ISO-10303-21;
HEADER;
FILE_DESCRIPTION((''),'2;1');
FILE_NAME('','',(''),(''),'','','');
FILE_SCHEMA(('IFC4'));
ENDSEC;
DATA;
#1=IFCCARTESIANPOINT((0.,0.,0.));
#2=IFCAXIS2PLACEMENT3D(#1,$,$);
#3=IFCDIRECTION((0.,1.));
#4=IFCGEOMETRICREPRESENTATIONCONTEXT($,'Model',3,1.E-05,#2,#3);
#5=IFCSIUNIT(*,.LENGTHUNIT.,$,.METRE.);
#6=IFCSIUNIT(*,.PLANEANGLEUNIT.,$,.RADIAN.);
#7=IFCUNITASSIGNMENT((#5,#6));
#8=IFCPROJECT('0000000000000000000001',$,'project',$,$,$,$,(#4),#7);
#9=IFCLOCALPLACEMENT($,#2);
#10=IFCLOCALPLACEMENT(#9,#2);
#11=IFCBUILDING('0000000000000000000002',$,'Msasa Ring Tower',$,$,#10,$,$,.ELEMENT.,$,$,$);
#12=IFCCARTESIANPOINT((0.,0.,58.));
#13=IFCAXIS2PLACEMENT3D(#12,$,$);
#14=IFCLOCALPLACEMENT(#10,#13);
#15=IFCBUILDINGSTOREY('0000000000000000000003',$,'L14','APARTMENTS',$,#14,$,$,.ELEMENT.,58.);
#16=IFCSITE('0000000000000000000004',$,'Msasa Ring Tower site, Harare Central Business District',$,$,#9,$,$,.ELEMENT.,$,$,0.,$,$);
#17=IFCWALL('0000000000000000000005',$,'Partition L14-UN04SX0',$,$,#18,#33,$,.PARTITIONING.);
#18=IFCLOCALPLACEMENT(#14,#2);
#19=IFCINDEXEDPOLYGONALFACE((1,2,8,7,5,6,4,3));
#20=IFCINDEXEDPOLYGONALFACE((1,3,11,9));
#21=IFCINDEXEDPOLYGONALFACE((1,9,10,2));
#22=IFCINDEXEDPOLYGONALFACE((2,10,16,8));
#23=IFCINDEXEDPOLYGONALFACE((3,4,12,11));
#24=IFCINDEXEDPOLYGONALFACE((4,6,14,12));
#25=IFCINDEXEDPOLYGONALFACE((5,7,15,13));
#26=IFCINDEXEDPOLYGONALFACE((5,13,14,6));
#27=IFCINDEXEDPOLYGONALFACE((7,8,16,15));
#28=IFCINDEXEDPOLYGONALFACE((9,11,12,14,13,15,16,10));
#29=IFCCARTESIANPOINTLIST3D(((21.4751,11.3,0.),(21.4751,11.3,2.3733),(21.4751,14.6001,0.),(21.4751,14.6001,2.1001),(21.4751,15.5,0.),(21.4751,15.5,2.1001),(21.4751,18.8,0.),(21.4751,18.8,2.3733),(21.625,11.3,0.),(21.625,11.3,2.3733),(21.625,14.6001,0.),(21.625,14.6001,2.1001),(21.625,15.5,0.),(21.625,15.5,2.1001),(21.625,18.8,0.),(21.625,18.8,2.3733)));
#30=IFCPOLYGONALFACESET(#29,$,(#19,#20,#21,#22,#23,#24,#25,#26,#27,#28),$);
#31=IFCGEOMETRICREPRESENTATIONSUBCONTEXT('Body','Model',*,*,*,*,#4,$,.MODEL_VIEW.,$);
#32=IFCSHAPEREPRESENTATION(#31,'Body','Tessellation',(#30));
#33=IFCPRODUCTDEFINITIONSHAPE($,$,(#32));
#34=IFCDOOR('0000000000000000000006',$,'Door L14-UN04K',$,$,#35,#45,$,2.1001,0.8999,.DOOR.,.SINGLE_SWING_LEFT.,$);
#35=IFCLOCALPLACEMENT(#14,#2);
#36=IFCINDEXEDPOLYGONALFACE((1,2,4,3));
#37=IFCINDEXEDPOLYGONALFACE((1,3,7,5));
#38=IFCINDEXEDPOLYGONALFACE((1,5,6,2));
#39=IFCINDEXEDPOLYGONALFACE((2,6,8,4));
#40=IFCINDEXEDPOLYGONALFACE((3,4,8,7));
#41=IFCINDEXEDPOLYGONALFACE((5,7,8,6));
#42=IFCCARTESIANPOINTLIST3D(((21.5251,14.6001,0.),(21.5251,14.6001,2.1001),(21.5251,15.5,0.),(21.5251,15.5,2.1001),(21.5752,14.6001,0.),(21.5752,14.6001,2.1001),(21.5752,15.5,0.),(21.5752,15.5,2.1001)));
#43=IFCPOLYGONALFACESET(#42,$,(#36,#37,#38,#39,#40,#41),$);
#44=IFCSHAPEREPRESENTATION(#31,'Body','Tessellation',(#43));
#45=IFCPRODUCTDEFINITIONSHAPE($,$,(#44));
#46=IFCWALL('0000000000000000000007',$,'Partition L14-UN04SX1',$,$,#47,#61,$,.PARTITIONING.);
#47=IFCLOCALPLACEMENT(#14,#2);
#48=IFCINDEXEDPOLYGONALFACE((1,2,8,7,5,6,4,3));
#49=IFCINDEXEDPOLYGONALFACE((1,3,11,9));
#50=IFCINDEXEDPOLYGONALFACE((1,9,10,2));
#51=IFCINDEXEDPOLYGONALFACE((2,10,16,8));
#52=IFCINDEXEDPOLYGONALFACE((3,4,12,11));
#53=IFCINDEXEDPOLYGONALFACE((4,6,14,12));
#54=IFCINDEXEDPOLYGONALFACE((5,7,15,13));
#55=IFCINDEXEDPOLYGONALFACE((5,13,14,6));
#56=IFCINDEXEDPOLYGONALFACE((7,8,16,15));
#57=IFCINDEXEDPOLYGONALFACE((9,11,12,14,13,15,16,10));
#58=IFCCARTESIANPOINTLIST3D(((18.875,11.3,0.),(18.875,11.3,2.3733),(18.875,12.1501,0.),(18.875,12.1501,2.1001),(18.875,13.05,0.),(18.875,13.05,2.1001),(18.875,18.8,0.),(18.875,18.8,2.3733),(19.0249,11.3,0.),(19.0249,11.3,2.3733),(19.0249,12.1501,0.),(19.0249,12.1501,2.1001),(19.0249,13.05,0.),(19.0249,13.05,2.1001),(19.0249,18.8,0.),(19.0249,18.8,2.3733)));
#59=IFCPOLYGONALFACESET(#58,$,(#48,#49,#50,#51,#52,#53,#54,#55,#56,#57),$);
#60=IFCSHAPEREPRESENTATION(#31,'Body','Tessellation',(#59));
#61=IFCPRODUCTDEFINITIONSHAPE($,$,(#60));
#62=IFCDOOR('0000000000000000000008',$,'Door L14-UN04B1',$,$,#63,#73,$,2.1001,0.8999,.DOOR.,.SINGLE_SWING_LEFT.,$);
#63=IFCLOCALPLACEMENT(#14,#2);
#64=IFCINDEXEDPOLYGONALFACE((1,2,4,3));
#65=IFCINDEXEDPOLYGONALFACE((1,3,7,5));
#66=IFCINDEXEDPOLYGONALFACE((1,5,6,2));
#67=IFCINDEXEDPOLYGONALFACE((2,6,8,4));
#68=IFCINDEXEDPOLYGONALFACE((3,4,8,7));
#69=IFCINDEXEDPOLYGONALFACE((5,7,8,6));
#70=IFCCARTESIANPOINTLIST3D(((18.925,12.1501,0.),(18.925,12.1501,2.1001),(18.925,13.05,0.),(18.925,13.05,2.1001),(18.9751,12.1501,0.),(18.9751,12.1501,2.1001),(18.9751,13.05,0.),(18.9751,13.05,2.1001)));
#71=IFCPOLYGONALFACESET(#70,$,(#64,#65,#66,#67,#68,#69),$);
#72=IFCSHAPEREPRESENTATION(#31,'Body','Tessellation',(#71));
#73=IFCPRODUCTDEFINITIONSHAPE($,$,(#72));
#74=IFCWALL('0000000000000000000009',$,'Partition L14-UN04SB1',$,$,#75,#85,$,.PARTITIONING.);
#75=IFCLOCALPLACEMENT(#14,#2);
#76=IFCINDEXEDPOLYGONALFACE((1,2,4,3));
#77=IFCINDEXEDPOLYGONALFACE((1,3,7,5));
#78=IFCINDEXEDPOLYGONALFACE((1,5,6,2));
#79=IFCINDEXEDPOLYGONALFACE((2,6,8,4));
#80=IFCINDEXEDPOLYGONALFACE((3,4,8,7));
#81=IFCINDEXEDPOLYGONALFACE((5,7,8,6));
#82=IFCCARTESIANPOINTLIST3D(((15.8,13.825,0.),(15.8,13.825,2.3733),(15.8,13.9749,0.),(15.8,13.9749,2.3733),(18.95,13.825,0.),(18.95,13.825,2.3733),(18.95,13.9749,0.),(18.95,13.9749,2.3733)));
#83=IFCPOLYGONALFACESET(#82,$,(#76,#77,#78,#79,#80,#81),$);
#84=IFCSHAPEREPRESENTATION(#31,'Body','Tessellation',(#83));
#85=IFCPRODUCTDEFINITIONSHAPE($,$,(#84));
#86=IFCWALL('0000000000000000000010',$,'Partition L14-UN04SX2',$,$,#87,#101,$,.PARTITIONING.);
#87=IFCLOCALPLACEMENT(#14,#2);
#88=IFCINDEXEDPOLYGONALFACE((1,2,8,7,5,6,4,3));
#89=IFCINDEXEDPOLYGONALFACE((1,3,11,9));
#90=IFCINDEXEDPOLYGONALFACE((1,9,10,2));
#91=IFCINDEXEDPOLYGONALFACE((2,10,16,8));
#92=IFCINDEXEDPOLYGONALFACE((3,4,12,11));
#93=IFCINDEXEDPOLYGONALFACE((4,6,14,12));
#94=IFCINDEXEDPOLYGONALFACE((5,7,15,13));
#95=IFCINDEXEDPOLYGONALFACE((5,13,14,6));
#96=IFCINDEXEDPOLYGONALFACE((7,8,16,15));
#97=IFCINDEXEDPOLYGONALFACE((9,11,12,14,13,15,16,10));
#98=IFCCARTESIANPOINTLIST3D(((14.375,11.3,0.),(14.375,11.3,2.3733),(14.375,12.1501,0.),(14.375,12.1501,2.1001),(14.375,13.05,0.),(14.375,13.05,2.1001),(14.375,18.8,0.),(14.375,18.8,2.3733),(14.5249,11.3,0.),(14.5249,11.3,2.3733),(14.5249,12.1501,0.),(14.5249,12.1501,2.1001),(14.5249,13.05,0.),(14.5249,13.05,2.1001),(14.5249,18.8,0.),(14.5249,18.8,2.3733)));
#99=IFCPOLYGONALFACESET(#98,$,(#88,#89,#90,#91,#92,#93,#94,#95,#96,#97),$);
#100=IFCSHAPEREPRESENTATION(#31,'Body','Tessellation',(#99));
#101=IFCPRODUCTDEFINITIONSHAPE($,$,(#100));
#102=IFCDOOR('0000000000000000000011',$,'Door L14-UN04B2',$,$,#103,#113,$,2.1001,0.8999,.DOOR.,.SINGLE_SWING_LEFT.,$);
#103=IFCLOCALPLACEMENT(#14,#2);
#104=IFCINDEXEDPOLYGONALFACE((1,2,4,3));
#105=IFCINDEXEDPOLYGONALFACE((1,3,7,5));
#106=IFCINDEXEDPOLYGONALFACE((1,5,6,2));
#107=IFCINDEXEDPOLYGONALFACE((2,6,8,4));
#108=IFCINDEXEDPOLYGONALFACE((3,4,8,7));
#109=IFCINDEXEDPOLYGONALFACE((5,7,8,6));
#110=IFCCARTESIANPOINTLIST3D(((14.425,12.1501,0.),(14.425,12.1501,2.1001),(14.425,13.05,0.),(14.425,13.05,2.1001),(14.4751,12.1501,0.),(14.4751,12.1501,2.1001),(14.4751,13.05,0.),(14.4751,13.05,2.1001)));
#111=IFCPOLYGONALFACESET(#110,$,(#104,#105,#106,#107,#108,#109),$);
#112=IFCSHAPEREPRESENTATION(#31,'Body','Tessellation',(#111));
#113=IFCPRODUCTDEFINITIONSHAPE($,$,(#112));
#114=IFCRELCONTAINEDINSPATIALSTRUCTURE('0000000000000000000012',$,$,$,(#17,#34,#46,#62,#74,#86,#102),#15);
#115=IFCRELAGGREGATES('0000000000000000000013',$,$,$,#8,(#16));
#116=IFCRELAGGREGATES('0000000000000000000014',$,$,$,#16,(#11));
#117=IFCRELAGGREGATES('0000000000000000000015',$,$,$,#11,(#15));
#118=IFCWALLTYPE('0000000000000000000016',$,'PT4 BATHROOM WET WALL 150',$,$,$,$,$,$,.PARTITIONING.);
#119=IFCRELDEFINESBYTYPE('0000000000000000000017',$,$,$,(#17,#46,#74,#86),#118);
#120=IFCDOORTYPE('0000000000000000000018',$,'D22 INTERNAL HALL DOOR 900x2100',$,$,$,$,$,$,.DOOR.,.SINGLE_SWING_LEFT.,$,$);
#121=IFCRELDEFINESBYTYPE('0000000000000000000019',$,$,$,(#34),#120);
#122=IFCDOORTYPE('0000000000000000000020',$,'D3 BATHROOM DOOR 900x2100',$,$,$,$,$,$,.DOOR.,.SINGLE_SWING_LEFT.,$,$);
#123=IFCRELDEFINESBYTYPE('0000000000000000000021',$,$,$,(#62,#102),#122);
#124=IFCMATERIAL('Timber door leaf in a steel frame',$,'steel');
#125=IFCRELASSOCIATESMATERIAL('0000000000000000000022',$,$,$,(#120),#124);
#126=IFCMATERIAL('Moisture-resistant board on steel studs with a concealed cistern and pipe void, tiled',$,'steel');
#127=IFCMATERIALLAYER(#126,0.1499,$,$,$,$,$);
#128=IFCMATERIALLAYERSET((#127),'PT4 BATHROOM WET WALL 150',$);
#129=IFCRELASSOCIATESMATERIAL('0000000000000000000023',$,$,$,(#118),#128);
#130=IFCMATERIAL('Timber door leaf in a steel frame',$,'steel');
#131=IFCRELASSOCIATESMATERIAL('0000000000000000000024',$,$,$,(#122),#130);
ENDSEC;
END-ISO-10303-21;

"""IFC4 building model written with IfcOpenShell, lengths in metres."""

from ifc_helpers import new_model, si_unit, direction, frame, frame_2d, origin, place, context, subcontext, project, spatial, rectangle, extrude, material, layer, layer_set, type_object, element, fill, save


model = new_model("IFC4")

# Units and contexts
model_context = context("Model", 3, precision=1e-05, world=origin(), true_north=direction((0.0, 1.0)))
body_context = subcontext(model_context, "Body", "Model", "MODEL_VIEW")
ifc_project = project(units=[si_unit("LENGTHUNIT", "METRE"), si_unit("PLANEANGLEUNIT", "RADIAN")], contexts=[model_context])

# Site, building, storey
site_placement = place(None, origin())
site = spatial("IfcSite", under=ifc_project, at=site_placement, Name="Msasa Ring Tower site, Harare Central Business District", CompositionType="ELEMENT", RefElevation=0.0)
building_placement = place(site_placement, origin())
building = spatial("IfcBuilding", under=site, at=building_placement, Name="Msasa Ring Tower", CompositionType="ELEMENT")
storey_placement = place(building_placement, frame((0.0, 0.0, 58.0)))
storey = spatial("IfcBuildingStorey", under=building, at=storey_placement, Name="L14", Description="APARTMENTS", CompositionType="ELEMENT", Elevation=58.0)

# Shared definitions
ifc_material_1 = material(Name="Timber door leaf in a steel frame", Category="steel")
door_type_1 = type_object("IfcDoorType", Name="D22 INTERNAL HALL DOOR 900x2100", OperationType="SINGLE_SWING_LEFT", PredefinedType="DOOR", material=ifc_material_1)

# Walls, openings, doors
ifc_material_2 = material(Name="Moisture-resistant board on steel studs with a concealed cistern and pipe void, tiled", Category="steel")
ifc_layer_1 = layer(ifc_material_2, 0.1499)
ifc_layer_set_1 = layer_set([ifc_layer_1], Name="PT4 BATHROOM WET WALL 150")
wall_type_1 = type_object("IfcWallType", Name="PT4 BATHROOM WET WALL 150", PredefinedType="PARTITIONING", material=ifc_layer_set_1)
wall_1_placement = place(storey_placement, frame((21.55, 11.3, 0.0), z_axis=(0.0, 0.0, 1.0), x_axis=(0.0, 1.0, 0.0)))
wall_1 = element("IfcWall", 1, at=wall_1_placement, inside=storey, type_object=wall_type_1, Name="Partition L14-UN04SX0", PredefinedType="PARTITIONING", context=body_context, shape_type="SweptSolid", body=[
    extrude(rectangle(XDim=7.5, YDim=0.1499, at=frame_2d((3.75, 0.0))), origin(), (0.0, 0.0, 1.0), 2.3733),
])
opening_1_placement = place(wall_1_placement, frame((3.3, 0.0, 0.0)))
opening_1 = element("IfcOpeningElement", 2, at=opening_1_placement, cuts=wall_1, PredefinedType="OPENING", context=body_context, shape_type="SweptSolid", body=[
    extrude(rectangle(XDim=0.8999, YDim=2.1001, at=frame_2d((0.45, 1.05))), frame((0.0, 0.085, 0.0), z_axis=(0.0, -1.0, 0.0), x_axis=(1.0, 0.0, 0.0)), (0.0, 0.0, 1.0), 0.1699),
])
door_1_placement = place(opening_1_placement, origin())
door_1 = element("IfcDoor", 3, at=door_1_placement, inside=storey, type_object=door_type_1, Name="Door L14-UN04K", OperationType="SINGLE_SWING_LEFT", OverallHeight=2.1001, OverallWidth=0.8999, PredefinedType="DOOR", context=body_context, shape_type="SweptSolid", body=[
    extrude(rectangle(XDim=0.8999, YDim=2.1001, at=frame_2d((0.45, 1.05))), frame((0.0, 0.0249, 0.0), z_axis=(0.0, -1.0, 0.0), x_axis=(1.0, 0.0, 0.0)), (0.0, 0.0, 1.0), 0.05),
])
fill(opening_1, door_1)
wall_2_placement = place(storey_placement, frame((18.95, 11.3, 0.0), z_axis=(0.0, 0.0, 1.0), x_axis=(0.0, 1.0, 0.0)))
wall_2 = element("IfcWall", 4, at=wall_2_placement, inside=storey, type_object=wall_type_1, Name="Partition L14-UN04SX1", PredefinedType="PARTITIONING", context=body_context, shape_type="SweptSolid", body=[
    extrude(rectangle(XDim=7.5, YDim=0.1499, at=frame_2d((3.75, 0.0))), origin(), (0.0, 0.0, 1.0), 2.3733),
])
opening_2_placement = place(wall_2_placement, frame((0.8501, 0.0, 0.0)))
opening_2 = element("IfcOpeningElement", 5, at=opening_2_placement, cuts=wall_2, PredefinedType="OPENING", context=body_context, shape_type="SweptSolid", body=[
    extrude(rectangle(XDim=0.8999, YDim=2.1001, at=frame_2d((0.45, 1.05))), frame((0.0, 0.085, 0.0), z_axis=(0.0, -1.0, 0.0), x_axis=(1.0, 0.0, 0.0)), (0.0, 0.0, 1.0), 0.1699),
])
ifc_material_3 = material(Name="Timber door leaf in a steel frame", Category="steel")
door_type_2 = type_object("IfcDoorType", Name="D3 BATHROOM DOOR 900x2100", OperationType="SINGLE_SWING_LEFT", PredefinedType="DOOR", material=ifc_material_3)
door_2_placement = place(opening_2_placement, origin())
door_2 = element("IfcDoor", 6, at=door_2_placement, inside=storey, type_object=door_type_2, Name="Door L14-UN04B1", OperationType="SINGLE_SWING_LEFT", OverallHeight=2.1001, OverallWidth=0.8999, PredefinedType="DOOR", context=body_context, shape_type="SweptSolid", body=[
    extrude(rectangle(XDim=0.8999, YDim=2.1001, at=frame_2d((0.45, 1.05))), frame((0.0, 0.0249, 0.0), z_axis=(0.0, -1.0, 0.0), x_axis=(1.0, 0.0, 0.0)), (0.0, 0.0, 1.0), 0.05),
])
fill(opening_2, door_2)

# Wall
wall_3_placement = place(storey_placement, frame((15.8, 13.8999, 0.0), z_axis=(0.0, 0.0, 1.0), x_axis=(1.0, 0.0, 0.0)))
element("IfcWall", 7, at=wall_3_placement, inside=storey, type_object=wall_type_1, Name="Partition L14-UN04SB1", PredefinedType="PARTITIONING", context=body_context, shape_type="SweptSolid", body=[
    extrude(rectangle(XDim=3.1499, YDim=0.1499, at=frame_2d((1.575, 0.0))), origin(), (0.0, 0.0, 1.0), 2.3733),
])

# Wall, opening, door
wall_4_placement = place(storey_placement, frame((14.45, 11.3, 0.0), z_axis=(0.0, 0.0, 1.0), x_axis=(0.0, 1.0, 0.0)))
wall_4 = element("IfcWall", 8, at=wall_4_placement, inside=storey, type_object=wall_type_1, Name="Partition L14-UN04SX2", PredefinedType="PARTITIONING", context=body_context, shape_type="SweptSolid", body=[
    extrude(rectangle(XDim=7.5, YDim=0.1499, at=frame_2d((3.75, 0.0))), origin(), (0.0, 0.0, 1.0), 2.3733),
])
opening_3_placement = place(wall_4_placement, frame((0.8501, 0.0, 0.0)))
opening_3 = element("IfcOpeningElement", 9, at=opening_3_placement, cuts=wall_4, PredefinedType="OPENING", context=body_context, shape_type="SweptSolid", body=[
    extrude(rectangle(XDim=0.8999, YDim=2.1001, at=frame_2d((0.45, 1.05))), frame((0.0, 0.085, 0.0), z_axis=(0.0, -1.0, 0.0), x_axis=(1.0, 0.0, 0.0)), (0.0, 0.0, 1.0), 0.1699),
])
door_3_placement = place(opening_3_placement, origin())
door_3 = element("IfcDoor", 10, at=door_3_placement, inside=storey, type_object=door_type_2, Name="Door L14-UN04B2", OperationType="SINGLE_SWING_LEFT", OverallHeight=2.1001, OverallWidth=0.8999, PredefinedType="DOOR", context=body_context, shape_type="SweptSolid", body=[
    extrude(rectangle(XDim=0.8999, YDim=2.1001, at=frame_2d((0.45, 1.05))), frame((0.0, 0.0249, 0.0), z_axis=(0.0, -1.0, 0.0), x_axis=(1.0, 0.0, 0.0)), (0.0, 0.0, 1.0), 0.05),
])
fill(opening_3, door_3)

save(model, "model.ifc")
